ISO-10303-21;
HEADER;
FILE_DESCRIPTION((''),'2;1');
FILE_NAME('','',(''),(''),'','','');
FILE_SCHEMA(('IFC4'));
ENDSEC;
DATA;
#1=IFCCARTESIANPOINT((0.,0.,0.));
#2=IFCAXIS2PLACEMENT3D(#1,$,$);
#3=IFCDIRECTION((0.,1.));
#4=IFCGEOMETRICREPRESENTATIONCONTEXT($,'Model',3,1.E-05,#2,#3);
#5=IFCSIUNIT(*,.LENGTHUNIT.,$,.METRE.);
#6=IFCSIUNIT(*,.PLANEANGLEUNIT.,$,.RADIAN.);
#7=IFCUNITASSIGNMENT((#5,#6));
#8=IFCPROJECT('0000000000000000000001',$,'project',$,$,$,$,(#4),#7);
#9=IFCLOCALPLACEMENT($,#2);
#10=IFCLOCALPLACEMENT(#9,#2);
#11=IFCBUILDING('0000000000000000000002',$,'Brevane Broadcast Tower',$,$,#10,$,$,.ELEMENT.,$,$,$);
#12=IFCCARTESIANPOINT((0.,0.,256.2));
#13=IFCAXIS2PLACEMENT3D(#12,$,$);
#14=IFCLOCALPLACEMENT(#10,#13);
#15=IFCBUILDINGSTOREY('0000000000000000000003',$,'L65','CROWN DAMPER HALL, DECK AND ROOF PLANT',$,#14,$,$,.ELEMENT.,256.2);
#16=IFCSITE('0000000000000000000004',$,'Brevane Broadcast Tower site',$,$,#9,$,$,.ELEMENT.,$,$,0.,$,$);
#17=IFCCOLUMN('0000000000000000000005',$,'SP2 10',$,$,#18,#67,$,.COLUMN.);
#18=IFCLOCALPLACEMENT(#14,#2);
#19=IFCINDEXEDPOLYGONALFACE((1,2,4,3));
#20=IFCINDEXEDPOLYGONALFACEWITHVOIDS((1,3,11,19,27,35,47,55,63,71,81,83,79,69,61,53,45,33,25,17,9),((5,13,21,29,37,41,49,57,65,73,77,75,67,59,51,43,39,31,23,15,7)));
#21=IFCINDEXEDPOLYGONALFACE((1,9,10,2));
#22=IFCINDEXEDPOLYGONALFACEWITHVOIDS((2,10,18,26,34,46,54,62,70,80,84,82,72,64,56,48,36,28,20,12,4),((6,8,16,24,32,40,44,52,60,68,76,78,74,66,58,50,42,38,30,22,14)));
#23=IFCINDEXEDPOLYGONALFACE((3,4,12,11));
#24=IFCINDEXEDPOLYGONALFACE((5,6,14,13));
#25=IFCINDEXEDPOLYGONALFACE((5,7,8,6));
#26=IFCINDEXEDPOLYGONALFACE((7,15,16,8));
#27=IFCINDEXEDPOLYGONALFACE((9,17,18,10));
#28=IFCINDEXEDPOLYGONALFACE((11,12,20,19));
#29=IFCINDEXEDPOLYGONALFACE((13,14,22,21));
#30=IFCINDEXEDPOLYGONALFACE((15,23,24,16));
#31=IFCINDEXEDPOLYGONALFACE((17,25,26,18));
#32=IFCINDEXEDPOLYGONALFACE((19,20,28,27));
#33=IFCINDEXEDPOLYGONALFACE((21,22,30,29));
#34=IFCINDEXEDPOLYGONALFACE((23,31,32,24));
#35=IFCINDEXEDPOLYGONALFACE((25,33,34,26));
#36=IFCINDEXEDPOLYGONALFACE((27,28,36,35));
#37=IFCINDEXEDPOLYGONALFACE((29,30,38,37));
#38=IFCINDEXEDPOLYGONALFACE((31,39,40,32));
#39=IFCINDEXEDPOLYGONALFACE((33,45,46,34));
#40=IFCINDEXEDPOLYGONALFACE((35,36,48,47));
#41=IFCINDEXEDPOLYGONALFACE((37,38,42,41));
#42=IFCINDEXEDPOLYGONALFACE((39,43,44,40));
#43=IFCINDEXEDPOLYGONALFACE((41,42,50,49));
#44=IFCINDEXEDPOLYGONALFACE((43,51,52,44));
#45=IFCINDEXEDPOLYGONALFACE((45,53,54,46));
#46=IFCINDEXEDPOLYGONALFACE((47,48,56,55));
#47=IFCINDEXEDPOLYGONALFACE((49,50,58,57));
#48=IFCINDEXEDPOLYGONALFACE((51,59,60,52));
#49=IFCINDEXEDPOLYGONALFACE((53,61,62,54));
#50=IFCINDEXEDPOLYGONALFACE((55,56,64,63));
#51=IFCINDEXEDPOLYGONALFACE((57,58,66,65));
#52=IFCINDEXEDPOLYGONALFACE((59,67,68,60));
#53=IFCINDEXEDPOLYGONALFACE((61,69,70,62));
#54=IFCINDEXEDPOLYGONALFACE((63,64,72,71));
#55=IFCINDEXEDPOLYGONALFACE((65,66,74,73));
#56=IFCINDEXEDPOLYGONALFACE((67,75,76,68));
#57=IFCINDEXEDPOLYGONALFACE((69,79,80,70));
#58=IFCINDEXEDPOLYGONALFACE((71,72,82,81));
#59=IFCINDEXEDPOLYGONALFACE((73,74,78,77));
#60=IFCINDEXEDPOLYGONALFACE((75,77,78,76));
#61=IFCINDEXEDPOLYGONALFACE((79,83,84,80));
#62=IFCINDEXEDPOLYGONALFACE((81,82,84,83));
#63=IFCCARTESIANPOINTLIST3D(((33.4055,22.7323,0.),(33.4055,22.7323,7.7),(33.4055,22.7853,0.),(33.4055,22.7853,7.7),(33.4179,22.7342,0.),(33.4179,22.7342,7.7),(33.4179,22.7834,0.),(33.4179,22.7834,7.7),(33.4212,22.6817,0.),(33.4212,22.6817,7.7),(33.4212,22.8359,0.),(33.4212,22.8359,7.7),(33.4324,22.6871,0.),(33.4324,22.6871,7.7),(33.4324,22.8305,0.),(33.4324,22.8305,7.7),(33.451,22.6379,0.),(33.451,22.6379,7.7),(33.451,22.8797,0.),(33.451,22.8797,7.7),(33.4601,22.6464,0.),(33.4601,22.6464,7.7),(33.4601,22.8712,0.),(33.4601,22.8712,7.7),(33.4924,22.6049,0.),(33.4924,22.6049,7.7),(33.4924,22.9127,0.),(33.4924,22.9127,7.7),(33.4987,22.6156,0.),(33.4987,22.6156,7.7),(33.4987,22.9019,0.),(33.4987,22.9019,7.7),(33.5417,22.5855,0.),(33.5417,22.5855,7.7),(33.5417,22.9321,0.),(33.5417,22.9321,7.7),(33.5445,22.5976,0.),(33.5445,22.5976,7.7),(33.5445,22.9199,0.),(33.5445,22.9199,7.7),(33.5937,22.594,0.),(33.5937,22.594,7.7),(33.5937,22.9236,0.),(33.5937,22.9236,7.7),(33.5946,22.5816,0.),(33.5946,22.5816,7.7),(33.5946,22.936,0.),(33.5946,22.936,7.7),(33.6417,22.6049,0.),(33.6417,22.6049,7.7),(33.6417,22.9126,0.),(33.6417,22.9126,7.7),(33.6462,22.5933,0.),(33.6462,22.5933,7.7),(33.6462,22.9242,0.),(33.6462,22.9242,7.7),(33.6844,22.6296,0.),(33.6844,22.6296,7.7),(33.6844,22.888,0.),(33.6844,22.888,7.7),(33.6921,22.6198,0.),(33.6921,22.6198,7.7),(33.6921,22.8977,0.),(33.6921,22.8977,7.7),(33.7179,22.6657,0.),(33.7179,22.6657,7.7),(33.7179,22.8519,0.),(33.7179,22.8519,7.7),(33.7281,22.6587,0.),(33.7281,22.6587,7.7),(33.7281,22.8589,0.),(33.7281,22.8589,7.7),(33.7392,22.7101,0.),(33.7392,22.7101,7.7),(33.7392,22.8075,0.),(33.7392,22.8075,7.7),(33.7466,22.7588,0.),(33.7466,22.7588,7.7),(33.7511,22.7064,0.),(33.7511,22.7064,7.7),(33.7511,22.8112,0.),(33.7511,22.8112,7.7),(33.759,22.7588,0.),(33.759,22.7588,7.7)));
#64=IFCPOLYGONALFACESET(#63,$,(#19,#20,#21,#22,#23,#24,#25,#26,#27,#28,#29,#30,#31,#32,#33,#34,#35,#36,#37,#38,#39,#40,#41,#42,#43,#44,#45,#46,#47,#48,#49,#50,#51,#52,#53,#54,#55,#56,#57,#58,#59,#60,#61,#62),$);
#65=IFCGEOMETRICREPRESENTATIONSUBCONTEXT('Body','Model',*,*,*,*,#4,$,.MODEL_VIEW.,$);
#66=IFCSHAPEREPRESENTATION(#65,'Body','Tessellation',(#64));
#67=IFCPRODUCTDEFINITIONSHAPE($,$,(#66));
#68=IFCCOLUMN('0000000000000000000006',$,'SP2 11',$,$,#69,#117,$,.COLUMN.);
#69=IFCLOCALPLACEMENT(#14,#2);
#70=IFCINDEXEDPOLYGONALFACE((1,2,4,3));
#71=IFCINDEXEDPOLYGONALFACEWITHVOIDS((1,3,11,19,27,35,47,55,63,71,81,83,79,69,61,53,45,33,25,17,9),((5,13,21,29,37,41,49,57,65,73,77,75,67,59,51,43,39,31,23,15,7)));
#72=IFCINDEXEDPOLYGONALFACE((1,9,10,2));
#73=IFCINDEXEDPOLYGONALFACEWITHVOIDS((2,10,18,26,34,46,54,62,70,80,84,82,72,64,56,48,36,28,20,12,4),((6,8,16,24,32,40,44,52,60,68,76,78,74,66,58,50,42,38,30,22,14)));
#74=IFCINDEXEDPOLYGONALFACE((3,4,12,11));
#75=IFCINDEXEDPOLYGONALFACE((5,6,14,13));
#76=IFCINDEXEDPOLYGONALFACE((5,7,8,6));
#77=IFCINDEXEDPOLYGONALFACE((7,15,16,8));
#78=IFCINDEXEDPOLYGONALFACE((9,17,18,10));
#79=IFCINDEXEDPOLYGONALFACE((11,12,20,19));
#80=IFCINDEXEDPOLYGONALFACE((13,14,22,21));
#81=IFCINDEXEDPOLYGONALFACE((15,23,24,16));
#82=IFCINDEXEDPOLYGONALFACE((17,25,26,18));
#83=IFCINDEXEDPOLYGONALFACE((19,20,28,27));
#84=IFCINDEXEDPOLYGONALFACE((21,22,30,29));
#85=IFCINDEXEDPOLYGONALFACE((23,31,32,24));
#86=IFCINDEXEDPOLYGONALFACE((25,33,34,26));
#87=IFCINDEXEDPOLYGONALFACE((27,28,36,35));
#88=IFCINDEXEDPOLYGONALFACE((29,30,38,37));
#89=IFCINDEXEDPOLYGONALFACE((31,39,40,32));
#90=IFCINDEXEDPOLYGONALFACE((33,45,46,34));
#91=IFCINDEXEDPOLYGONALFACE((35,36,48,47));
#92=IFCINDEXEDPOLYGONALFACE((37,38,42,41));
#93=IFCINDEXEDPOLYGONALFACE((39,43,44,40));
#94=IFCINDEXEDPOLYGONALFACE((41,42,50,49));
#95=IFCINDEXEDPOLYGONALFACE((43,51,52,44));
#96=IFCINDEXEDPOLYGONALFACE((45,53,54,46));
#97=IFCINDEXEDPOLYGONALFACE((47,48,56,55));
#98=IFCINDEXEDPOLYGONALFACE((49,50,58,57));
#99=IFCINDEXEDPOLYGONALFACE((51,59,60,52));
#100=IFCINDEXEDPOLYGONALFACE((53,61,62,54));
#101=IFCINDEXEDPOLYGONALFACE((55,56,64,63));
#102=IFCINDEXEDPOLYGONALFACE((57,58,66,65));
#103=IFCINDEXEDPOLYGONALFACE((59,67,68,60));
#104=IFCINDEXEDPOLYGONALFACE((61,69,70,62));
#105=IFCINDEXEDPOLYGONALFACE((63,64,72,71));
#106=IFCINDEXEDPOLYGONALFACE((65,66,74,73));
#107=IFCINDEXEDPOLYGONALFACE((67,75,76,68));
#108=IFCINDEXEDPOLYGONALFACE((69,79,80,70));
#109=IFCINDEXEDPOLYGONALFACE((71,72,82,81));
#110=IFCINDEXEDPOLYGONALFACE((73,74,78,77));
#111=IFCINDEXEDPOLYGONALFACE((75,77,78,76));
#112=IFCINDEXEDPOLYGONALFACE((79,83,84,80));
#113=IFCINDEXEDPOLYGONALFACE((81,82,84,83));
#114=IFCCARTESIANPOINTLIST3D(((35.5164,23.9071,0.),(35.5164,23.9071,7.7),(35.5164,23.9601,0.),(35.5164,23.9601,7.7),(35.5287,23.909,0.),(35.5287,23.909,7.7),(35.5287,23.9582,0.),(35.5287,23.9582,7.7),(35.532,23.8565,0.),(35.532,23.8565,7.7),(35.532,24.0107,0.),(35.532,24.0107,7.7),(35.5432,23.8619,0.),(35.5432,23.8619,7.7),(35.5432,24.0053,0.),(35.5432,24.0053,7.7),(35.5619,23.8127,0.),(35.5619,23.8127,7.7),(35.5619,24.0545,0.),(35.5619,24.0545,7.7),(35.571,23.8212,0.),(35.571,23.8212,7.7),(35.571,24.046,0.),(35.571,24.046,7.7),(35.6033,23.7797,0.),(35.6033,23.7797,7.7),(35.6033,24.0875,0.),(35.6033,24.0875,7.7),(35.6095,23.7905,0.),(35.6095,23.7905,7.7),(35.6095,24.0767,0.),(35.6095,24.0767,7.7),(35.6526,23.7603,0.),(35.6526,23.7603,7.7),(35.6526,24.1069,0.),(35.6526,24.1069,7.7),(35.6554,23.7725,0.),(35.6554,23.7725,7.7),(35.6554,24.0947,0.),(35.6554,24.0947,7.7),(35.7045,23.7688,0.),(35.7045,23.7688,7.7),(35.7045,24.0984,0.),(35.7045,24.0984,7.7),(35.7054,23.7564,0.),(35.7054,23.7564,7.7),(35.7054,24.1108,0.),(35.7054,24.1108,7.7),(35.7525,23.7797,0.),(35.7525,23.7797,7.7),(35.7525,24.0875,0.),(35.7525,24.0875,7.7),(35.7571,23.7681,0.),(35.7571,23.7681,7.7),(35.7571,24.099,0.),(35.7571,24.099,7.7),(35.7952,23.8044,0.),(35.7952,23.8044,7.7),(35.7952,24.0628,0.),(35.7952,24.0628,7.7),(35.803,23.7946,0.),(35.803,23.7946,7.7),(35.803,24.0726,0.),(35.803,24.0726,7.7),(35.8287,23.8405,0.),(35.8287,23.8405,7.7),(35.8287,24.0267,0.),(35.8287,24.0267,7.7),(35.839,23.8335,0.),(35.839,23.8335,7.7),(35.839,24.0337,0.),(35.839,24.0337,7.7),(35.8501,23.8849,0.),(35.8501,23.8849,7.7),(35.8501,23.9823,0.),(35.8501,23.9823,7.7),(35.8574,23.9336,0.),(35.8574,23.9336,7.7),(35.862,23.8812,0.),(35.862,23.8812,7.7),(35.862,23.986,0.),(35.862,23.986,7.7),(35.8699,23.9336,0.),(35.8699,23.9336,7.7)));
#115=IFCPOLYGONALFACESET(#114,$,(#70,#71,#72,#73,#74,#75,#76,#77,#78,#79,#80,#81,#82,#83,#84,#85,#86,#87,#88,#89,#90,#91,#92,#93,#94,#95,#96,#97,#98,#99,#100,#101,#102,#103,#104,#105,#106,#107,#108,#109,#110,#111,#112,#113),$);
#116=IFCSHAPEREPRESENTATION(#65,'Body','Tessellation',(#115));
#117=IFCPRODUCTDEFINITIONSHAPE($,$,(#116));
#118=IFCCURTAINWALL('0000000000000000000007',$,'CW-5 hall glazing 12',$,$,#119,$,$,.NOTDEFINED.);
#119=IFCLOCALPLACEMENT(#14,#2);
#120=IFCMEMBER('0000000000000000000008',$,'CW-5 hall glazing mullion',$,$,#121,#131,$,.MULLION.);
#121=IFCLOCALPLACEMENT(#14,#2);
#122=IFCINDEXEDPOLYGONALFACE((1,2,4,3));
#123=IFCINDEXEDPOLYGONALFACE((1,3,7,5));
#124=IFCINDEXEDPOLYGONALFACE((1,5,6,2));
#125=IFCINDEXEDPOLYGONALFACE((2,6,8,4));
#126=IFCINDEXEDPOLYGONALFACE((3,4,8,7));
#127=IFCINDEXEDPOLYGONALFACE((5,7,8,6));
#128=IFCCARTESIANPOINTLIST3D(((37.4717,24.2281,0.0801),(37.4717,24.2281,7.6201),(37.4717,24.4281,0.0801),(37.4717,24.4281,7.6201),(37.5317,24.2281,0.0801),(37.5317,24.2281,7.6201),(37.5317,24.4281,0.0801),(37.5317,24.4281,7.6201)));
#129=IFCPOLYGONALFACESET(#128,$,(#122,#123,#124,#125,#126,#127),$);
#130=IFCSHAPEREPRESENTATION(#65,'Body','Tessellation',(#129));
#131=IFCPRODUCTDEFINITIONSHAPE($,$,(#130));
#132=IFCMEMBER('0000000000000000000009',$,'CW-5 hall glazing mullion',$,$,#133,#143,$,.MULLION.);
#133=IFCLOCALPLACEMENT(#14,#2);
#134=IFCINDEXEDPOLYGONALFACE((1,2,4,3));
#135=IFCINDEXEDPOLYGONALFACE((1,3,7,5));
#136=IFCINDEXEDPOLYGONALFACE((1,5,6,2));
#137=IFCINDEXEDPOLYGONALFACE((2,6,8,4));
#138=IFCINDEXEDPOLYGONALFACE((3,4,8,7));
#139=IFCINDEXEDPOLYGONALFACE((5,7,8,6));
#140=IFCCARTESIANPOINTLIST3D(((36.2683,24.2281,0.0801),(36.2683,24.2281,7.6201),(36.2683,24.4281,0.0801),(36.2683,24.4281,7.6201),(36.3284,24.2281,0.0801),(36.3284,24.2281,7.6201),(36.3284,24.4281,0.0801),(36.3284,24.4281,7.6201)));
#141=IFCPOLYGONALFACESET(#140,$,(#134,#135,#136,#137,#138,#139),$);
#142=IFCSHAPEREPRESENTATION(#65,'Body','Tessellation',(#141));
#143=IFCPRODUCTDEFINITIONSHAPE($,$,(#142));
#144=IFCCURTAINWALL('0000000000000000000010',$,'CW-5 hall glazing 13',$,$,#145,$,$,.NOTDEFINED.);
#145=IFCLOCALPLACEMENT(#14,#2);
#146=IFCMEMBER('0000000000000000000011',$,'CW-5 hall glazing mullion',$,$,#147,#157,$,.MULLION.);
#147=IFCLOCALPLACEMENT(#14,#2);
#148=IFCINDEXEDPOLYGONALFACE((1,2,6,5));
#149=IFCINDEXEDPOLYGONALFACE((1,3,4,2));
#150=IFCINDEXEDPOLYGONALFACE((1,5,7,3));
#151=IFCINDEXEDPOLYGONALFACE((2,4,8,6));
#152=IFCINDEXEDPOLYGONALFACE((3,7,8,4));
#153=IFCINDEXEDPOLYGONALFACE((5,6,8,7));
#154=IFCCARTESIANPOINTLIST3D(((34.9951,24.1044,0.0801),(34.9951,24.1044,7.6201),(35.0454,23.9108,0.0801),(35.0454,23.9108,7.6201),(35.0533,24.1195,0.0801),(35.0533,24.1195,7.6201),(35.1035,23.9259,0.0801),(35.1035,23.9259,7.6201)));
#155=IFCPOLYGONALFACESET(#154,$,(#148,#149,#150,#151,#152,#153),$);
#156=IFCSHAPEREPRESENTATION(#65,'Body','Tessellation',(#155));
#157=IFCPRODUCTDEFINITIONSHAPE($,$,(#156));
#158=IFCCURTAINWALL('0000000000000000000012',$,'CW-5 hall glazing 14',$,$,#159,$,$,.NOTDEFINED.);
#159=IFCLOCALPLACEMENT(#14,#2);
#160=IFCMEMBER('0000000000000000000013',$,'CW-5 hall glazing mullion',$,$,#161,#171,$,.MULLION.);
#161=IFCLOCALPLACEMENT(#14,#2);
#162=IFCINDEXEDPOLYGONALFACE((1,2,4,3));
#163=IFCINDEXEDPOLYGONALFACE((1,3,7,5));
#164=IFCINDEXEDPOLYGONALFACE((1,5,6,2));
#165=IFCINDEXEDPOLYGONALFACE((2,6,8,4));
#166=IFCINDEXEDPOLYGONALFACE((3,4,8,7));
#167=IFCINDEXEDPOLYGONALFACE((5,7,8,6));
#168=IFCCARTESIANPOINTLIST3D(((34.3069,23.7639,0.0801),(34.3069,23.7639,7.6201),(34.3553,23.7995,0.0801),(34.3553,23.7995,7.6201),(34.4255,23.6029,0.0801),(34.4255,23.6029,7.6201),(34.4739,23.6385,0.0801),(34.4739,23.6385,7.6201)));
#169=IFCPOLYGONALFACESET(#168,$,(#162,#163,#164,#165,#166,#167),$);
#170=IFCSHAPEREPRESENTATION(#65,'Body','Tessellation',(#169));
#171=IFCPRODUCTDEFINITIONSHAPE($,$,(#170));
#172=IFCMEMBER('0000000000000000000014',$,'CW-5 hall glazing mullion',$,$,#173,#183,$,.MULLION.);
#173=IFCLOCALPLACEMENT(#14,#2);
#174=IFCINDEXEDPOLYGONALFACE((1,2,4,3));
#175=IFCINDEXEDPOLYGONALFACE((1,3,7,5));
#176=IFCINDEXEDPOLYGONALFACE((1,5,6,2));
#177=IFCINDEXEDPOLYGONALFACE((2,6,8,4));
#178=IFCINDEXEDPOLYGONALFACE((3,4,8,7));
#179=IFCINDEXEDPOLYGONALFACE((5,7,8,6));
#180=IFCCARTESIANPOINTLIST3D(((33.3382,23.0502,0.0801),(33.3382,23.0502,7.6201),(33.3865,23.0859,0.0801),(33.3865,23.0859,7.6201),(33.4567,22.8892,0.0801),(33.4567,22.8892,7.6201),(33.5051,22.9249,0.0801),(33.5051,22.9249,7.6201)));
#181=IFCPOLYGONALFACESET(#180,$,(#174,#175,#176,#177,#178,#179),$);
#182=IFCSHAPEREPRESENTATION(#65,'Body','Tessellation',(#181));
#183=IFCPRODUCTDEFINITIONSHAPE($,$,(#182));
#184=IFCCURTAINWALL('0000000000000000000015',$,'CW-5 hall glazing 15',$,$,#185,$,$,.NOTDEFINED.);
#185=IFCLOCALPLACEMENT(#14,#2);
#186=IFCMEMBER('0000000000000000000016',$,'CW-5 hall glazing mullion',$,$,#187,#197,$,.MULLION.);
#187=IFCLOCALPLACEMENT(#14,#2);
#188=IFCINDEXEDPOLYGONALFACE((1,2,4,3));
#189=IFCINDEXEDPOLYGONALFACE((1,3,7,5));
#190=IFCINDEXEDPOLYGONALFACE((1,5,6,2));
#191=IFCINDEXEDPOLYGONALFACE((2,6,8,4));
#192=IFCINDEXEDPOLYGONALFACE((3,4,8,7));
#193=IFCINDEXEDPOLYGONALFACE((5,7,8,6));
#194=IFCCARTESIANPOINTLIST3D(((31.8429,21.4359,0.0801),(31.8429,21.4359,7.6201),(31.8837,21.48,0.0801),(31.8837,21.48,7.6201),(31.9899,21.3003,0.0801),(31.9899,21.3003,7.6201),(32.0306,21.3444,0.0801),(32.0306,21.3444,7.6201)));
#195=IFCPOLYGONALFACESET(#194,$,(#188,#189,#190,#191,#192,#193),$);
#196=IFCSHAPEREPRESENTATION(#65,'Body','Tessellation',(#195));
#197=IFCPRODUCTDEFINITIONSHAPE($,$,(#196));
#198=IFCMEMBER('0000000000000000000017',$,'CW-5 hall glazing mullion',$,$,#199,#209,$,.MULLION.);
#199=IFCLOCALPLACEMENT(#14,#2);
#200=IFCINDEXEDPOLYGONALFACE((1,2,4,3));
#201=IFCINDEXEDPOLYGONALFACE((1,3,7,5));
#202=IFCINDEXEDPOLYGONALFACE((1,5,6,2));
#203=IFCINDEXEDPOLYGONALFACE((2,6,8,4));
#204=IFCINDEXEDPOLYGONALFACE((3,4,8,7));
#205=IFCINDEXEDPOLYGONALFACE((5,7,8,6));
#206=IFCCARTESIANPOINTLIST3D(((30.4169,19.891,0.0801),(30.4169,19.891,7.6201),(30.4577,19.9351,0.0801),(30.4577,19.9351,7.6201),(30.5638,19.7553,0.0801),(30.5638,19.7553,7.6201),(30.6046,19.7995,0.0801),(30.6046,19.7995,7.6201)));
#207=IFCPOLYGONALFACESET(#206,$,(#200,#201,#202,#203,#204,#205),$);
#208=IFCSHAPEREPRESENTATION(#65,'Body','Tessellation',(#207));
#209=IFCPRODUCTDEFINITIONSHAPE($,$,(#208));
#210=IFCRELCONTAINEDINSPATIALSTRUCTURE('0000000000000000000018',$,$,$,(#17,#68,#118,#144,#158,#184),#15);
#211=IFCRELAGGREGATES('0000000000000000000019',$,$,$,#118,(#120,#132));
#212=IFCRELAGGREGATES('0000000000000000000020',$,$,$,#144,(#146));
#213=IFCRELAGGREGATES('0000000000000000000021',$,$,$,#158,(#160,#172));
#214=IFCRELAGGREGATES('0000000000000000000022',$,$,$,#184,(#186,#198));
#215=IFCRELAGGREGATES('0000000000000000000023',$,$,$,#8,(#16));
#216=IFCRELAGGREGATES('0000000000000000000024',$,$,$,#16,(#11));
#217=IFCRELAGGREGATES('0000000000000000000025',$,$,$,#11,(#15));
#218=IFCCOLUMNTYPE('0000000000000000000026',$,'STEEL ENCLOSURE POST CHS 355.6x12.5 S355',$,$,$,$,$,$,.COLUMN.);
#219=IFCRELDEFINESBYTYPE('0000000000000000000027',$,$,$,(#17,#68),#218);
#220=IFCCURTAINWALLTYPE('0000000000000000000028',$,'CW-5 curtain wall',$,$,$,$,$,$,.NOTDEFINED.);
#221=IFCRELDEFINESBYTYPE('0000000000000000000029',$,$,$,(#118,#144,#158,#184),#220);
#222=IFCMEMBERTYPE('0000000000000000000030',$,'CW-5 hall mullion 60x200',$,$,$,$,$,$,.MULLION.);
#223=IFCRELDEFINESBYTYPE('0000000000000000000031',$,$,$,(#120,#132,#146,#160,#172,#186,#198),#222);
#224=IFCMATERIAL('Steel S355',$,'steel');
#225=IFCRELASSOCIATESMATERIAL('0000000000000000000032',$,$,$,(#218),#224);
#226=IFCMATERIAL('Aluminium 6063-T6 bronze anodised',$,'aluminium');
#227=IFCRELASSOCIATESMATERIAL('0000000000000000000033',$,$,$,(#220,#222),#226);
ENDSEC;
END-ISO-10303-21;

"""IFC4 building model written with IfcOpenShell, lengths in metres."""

from ifc_helpers import new_model, si_unit, direction, frame, origin, origin_2d, place, context, subcontext, project, spatial, rectangle, hollow_circle, extrude, material, material_profile, profile_set, type_object, element, aggregate, save


model = new_model("IFC4")

# Units and contexts
model_context = context("Model", 3, precision=1e-05, world=origin(), true_north=direction((0.0, 1.0)))
body_context = subcontext(model_context, "Body", "Model", "MODEL_VIEW")
ifc_project = project(units=[si_unit("LENGTHUNIT", "METRE"), si_unit("PLANEANGLEUNIT", "RADIAN")], contexts=[model_context])

# Site, building, storey
site_placement = place(None, origin())
site = spatial("IfcSite", under=ifc_project, at=site_placement, Name="Brevane Broadcast Tower site", CompositionType="ELEMENT", RefElevation=0.0)
building_placement = place(site_placement, origin())
building = spatial("IfcBuilding", under=site, at=building_placement, Name="Brevane Broadcast Tower", CompositionType="ELEMENT")
storey_placement = place(building_placement, frame((0.0, 0.0, 256.2)))
storey = spatial("IfcBuildingStorey", under=building, at=storey_placement, Name="L65", Description="CROWN DAMPER HALL, DECK AND ROOF PLANT", CompositionType="ELEMENT", Elevation=256.2)

# Columns
ifc_material_1 = material(Name="Steel S355", Category="steel")
ifc_material_profile_1 = material_profile(ifc_material_1, hollow_circle(Radius=0.1777, WallThickness=0.0125, at=origin_2d()), Name="CHS 355.6x12.5")
ifc_profile_set_1 = profile_set([ifc_material_profile_1], Name="Steel S355")
column_type_1 = type_object("IfcColumnType", Name="STEEL ENCLOSURE POST CHS 355.6x12.5 S355", PredefinedType="COLUMN", material=ifc_profile_set_1)
for number, where, z_axis, x_axis, name in (
    (1, (33.5813, 22.7588, 0.0), (0.0, 0.0, 1.0), (1.0, 0.0, 0.0), "SP2 10"),
    (2, (35.6921, 23.9336, 0.0), (0.0, 0.0, 1.0), (1.0, 0.0, 0.0), "SP2 11"),
):
    element("IfcColumn", number, at=place(storey_placement, frame(where, z_axis=z_axis, x_axis=x_axis)), inside=storey, type_object=column_type_1, Name=name, PredefinedType="COLUMN", context=body_context, shape_type="SweptSolid", body=[
        extrude(hollow_circle(Radius=0.1777, WallThickness=0.0125, at=origin_2d()), origin(), (0.0, 0.0, 1.0), 7.7),
    ])

# Curtain wall, members
ifc_material_2 = material(Name="Aluminium 6063-T6 bronze anodised", Category="aluminium")
curtain_wall_type = type_object("IfcCurtainWallType", Name="CW-5 curtain wall", PredefinedType="NOTDEFINED", material=ifc_material_2)
curtain_wall_1_placement = place(storey_placement, origin())
curtain_wall_1 = element("IfcCurtainWall", 3, at=curtain_wall_1_placement, inside=storey, type_object=curtain_wall_type, Name="CW-5 hall glazing 12", PredefinedType="NOTDEFINED")
ifc_material_profile_2 = material_profile(ifc_material_2, rectangle(XDim=0.2, YDim=0.0601, at=origin_2d()), Name="RECT 60x200")
ifc_profile_set_2 = profile_set([ifc_material_profile_2], Name="Aluminium 6063-T6 bronze anodised")
member_type_1 = type_object("IfcMemberType", Name="CW-5 hall mullion 60x200", PredefinedType="MULLION", material=ifc_profile_set_2)
member_1_placement = place(storey_placement, frame((37.5017, 24.3281, 0.0801), z_axis=(0.0, 0.0, 1.0), x_axis=(0.0, -1.0, 0.0)))
member_1 = element("IfcMember", 4, at=member_1_placement, type_object=member_type_1, Name="CW-5 hall glazing mullion", PredefinedType="MULLION", context=body_context, shape_type="SweptSolid", body=[
    extrude(rectangle(XDim=0.2, YDim=0.0601, at=origin_2d()), origin(), (0.0, 0.0, 1.0), 7.54),
])
member_2_placement = place(storey_placement, frame((36.2983, 24.3281, 0.0801), z_axis=(0.0, 0.0, 1.0), x_axis=(0.0, -1.0, 0.0)))
member_2 = element("IfcMember", 5, at=member_2_placement, type_object=member_type_1, Name="CW-5 hall glazing mullion", PredefinedType="MULLION", context=body_context, shape_type="SweptSolid", body=[
    extrude(rectangle(XDim=0.2, YDim=0.0601, at=origin_2d()), origin(), (0.0, 0.0, 1.0), 7.54),
])

# Curtain wall, member
curtain_wall_2_placement = place(storey_placement, origin())
curtain_wall_2 = element("IfcCurtainWall", 6, at=curtain_wall_2_placement, inside=storey, type_object=curtain_wall_type, Name="CW-5 hall glazing 13", PredefinedType="NOTDEFINED")
member_3_placement = place(storey_placement, frame((35.0493, 24.0151, 0.0801), z_axis=(0.0, 0.0, 1.0), x_axis=(0.251233, -0.967927, 0.0)))
member_3 = element("IfcMember", 7, at=member_3_placement, type_object=member_type_1, Name="CW-5 hall glazing mullion", PredefinedType="MULLION", context=body_context, shape_type="SweptSolid", body=[
    extrude(rectangle(XDim=0.2, YDim=0.0601, at=origin_2d()), origin(), (0.0, 0.0, 1.0), 7.54),
])

# Curtain walls, members
curtain_wall_3_placement = place(storey_placement, origin())
curtain_wall_3 = element("IfcCurtainWall", 8, at=curtain_wall_3_placement, inside=storey, type_object=curtain_wall_type, Name="CW-5 hall glazing 14", PredefinedType="NOTDEFINED")
member_4_placement = place(storey_placement, frame((34.3904, 23.7012, 0.0801), z_axis=(0.0, 0.0, 1.0), x_axis=(0.593085, -0.80514, 0.0)))
member_4 = element("IfcMember", 9, at=member_4_placement, type_object=member_type_1, Name="CW-5 hall glazing mullion", PredefinedType="MULLION", context=body_context, shape_type="SweptSolid", body=[
    extrude(rectangle(XDim=0.2, YDim=0.0601, at=origin_2d()), origin(), (0.0, 0.0, 1.0), 7.54),
])
member_5_placement = place(storey_placement, frame((33.4216, 22.9875, 0.0801), z_axis=(0.0, 0.0, 1.0), x_axis=(0.593085, -0.80514, 0.0)))
member_5 = element("IfcMember", 10, at=member_5_placement, type_object=member_type_1, Name="CW-5 hall glazing mullion", PredefinedType="MULLION", context=body_context, shape_type="SweptSolid", body=[
    extrude(rectangle(XDim=0.2, YDim=0.0601, at=origin_2d()), origin(), (0.0, 0.0, 1.0), 7.54),
])
curtain_wall_4_placement = place(storey_placement, origin())
curtain_wall_4 = element("IfcCurtainWall", 11, at=curtain_wall_4_placement, inside=storey, type_object=curtain_wall_type, Name="CW-5 hall glazing 15", PredefinedType="NOTDEFINED")
member_6_placement = place(storey_placement, frame((31.9368, 21.3901, 0.0801), z_axis=(0.0, 0.0, 1.0), x_axis=(0.734785, -0.6783, 0.0)))
member_6 = element("IfcMember", 12, at=member_6_placement, type_object=member_type_1, Name="CW-5 hall glazing mullion", PredefinedType="MULLION", context=body_context, shape_type="SweptSolid", body=[
    extrude(rectangle(XDim=0.2, YDim=0.0601, at=origin_2d()), origin(), (0.0, 0.0, 1.0), 7.54),
])
member_7_placement = place(storey_placement, frame((30.5107, 19.8452, 0.0801), z_axis=(0.0, 0.0, 1.0), x_axis=(0.734785, -0.6783, 0.0)))
member_7 = element("IfcMember", 13, at=member_7_placement, type_object=member_type_1, Name="CW-5 hall glazing mullion", PredefinedType="MULLION", context=body_context, shape_type="SweptSolid", body=[
    extrude(rectangle(XDim=0.2, YDim=0.0601, at=origin_2d()), origin(), (0.0, 0.0, 1.0), 7.54),
])

aggregate(curtain_wall_1, [member_1, member_2])
aggregate(curtain_wall_2, [member_3])
aggregate(curtain_wall_3, [member_4, member_5])
aggregate(curtain_wall_4, [member_6, member_7])

save(model, "model.ifc")
